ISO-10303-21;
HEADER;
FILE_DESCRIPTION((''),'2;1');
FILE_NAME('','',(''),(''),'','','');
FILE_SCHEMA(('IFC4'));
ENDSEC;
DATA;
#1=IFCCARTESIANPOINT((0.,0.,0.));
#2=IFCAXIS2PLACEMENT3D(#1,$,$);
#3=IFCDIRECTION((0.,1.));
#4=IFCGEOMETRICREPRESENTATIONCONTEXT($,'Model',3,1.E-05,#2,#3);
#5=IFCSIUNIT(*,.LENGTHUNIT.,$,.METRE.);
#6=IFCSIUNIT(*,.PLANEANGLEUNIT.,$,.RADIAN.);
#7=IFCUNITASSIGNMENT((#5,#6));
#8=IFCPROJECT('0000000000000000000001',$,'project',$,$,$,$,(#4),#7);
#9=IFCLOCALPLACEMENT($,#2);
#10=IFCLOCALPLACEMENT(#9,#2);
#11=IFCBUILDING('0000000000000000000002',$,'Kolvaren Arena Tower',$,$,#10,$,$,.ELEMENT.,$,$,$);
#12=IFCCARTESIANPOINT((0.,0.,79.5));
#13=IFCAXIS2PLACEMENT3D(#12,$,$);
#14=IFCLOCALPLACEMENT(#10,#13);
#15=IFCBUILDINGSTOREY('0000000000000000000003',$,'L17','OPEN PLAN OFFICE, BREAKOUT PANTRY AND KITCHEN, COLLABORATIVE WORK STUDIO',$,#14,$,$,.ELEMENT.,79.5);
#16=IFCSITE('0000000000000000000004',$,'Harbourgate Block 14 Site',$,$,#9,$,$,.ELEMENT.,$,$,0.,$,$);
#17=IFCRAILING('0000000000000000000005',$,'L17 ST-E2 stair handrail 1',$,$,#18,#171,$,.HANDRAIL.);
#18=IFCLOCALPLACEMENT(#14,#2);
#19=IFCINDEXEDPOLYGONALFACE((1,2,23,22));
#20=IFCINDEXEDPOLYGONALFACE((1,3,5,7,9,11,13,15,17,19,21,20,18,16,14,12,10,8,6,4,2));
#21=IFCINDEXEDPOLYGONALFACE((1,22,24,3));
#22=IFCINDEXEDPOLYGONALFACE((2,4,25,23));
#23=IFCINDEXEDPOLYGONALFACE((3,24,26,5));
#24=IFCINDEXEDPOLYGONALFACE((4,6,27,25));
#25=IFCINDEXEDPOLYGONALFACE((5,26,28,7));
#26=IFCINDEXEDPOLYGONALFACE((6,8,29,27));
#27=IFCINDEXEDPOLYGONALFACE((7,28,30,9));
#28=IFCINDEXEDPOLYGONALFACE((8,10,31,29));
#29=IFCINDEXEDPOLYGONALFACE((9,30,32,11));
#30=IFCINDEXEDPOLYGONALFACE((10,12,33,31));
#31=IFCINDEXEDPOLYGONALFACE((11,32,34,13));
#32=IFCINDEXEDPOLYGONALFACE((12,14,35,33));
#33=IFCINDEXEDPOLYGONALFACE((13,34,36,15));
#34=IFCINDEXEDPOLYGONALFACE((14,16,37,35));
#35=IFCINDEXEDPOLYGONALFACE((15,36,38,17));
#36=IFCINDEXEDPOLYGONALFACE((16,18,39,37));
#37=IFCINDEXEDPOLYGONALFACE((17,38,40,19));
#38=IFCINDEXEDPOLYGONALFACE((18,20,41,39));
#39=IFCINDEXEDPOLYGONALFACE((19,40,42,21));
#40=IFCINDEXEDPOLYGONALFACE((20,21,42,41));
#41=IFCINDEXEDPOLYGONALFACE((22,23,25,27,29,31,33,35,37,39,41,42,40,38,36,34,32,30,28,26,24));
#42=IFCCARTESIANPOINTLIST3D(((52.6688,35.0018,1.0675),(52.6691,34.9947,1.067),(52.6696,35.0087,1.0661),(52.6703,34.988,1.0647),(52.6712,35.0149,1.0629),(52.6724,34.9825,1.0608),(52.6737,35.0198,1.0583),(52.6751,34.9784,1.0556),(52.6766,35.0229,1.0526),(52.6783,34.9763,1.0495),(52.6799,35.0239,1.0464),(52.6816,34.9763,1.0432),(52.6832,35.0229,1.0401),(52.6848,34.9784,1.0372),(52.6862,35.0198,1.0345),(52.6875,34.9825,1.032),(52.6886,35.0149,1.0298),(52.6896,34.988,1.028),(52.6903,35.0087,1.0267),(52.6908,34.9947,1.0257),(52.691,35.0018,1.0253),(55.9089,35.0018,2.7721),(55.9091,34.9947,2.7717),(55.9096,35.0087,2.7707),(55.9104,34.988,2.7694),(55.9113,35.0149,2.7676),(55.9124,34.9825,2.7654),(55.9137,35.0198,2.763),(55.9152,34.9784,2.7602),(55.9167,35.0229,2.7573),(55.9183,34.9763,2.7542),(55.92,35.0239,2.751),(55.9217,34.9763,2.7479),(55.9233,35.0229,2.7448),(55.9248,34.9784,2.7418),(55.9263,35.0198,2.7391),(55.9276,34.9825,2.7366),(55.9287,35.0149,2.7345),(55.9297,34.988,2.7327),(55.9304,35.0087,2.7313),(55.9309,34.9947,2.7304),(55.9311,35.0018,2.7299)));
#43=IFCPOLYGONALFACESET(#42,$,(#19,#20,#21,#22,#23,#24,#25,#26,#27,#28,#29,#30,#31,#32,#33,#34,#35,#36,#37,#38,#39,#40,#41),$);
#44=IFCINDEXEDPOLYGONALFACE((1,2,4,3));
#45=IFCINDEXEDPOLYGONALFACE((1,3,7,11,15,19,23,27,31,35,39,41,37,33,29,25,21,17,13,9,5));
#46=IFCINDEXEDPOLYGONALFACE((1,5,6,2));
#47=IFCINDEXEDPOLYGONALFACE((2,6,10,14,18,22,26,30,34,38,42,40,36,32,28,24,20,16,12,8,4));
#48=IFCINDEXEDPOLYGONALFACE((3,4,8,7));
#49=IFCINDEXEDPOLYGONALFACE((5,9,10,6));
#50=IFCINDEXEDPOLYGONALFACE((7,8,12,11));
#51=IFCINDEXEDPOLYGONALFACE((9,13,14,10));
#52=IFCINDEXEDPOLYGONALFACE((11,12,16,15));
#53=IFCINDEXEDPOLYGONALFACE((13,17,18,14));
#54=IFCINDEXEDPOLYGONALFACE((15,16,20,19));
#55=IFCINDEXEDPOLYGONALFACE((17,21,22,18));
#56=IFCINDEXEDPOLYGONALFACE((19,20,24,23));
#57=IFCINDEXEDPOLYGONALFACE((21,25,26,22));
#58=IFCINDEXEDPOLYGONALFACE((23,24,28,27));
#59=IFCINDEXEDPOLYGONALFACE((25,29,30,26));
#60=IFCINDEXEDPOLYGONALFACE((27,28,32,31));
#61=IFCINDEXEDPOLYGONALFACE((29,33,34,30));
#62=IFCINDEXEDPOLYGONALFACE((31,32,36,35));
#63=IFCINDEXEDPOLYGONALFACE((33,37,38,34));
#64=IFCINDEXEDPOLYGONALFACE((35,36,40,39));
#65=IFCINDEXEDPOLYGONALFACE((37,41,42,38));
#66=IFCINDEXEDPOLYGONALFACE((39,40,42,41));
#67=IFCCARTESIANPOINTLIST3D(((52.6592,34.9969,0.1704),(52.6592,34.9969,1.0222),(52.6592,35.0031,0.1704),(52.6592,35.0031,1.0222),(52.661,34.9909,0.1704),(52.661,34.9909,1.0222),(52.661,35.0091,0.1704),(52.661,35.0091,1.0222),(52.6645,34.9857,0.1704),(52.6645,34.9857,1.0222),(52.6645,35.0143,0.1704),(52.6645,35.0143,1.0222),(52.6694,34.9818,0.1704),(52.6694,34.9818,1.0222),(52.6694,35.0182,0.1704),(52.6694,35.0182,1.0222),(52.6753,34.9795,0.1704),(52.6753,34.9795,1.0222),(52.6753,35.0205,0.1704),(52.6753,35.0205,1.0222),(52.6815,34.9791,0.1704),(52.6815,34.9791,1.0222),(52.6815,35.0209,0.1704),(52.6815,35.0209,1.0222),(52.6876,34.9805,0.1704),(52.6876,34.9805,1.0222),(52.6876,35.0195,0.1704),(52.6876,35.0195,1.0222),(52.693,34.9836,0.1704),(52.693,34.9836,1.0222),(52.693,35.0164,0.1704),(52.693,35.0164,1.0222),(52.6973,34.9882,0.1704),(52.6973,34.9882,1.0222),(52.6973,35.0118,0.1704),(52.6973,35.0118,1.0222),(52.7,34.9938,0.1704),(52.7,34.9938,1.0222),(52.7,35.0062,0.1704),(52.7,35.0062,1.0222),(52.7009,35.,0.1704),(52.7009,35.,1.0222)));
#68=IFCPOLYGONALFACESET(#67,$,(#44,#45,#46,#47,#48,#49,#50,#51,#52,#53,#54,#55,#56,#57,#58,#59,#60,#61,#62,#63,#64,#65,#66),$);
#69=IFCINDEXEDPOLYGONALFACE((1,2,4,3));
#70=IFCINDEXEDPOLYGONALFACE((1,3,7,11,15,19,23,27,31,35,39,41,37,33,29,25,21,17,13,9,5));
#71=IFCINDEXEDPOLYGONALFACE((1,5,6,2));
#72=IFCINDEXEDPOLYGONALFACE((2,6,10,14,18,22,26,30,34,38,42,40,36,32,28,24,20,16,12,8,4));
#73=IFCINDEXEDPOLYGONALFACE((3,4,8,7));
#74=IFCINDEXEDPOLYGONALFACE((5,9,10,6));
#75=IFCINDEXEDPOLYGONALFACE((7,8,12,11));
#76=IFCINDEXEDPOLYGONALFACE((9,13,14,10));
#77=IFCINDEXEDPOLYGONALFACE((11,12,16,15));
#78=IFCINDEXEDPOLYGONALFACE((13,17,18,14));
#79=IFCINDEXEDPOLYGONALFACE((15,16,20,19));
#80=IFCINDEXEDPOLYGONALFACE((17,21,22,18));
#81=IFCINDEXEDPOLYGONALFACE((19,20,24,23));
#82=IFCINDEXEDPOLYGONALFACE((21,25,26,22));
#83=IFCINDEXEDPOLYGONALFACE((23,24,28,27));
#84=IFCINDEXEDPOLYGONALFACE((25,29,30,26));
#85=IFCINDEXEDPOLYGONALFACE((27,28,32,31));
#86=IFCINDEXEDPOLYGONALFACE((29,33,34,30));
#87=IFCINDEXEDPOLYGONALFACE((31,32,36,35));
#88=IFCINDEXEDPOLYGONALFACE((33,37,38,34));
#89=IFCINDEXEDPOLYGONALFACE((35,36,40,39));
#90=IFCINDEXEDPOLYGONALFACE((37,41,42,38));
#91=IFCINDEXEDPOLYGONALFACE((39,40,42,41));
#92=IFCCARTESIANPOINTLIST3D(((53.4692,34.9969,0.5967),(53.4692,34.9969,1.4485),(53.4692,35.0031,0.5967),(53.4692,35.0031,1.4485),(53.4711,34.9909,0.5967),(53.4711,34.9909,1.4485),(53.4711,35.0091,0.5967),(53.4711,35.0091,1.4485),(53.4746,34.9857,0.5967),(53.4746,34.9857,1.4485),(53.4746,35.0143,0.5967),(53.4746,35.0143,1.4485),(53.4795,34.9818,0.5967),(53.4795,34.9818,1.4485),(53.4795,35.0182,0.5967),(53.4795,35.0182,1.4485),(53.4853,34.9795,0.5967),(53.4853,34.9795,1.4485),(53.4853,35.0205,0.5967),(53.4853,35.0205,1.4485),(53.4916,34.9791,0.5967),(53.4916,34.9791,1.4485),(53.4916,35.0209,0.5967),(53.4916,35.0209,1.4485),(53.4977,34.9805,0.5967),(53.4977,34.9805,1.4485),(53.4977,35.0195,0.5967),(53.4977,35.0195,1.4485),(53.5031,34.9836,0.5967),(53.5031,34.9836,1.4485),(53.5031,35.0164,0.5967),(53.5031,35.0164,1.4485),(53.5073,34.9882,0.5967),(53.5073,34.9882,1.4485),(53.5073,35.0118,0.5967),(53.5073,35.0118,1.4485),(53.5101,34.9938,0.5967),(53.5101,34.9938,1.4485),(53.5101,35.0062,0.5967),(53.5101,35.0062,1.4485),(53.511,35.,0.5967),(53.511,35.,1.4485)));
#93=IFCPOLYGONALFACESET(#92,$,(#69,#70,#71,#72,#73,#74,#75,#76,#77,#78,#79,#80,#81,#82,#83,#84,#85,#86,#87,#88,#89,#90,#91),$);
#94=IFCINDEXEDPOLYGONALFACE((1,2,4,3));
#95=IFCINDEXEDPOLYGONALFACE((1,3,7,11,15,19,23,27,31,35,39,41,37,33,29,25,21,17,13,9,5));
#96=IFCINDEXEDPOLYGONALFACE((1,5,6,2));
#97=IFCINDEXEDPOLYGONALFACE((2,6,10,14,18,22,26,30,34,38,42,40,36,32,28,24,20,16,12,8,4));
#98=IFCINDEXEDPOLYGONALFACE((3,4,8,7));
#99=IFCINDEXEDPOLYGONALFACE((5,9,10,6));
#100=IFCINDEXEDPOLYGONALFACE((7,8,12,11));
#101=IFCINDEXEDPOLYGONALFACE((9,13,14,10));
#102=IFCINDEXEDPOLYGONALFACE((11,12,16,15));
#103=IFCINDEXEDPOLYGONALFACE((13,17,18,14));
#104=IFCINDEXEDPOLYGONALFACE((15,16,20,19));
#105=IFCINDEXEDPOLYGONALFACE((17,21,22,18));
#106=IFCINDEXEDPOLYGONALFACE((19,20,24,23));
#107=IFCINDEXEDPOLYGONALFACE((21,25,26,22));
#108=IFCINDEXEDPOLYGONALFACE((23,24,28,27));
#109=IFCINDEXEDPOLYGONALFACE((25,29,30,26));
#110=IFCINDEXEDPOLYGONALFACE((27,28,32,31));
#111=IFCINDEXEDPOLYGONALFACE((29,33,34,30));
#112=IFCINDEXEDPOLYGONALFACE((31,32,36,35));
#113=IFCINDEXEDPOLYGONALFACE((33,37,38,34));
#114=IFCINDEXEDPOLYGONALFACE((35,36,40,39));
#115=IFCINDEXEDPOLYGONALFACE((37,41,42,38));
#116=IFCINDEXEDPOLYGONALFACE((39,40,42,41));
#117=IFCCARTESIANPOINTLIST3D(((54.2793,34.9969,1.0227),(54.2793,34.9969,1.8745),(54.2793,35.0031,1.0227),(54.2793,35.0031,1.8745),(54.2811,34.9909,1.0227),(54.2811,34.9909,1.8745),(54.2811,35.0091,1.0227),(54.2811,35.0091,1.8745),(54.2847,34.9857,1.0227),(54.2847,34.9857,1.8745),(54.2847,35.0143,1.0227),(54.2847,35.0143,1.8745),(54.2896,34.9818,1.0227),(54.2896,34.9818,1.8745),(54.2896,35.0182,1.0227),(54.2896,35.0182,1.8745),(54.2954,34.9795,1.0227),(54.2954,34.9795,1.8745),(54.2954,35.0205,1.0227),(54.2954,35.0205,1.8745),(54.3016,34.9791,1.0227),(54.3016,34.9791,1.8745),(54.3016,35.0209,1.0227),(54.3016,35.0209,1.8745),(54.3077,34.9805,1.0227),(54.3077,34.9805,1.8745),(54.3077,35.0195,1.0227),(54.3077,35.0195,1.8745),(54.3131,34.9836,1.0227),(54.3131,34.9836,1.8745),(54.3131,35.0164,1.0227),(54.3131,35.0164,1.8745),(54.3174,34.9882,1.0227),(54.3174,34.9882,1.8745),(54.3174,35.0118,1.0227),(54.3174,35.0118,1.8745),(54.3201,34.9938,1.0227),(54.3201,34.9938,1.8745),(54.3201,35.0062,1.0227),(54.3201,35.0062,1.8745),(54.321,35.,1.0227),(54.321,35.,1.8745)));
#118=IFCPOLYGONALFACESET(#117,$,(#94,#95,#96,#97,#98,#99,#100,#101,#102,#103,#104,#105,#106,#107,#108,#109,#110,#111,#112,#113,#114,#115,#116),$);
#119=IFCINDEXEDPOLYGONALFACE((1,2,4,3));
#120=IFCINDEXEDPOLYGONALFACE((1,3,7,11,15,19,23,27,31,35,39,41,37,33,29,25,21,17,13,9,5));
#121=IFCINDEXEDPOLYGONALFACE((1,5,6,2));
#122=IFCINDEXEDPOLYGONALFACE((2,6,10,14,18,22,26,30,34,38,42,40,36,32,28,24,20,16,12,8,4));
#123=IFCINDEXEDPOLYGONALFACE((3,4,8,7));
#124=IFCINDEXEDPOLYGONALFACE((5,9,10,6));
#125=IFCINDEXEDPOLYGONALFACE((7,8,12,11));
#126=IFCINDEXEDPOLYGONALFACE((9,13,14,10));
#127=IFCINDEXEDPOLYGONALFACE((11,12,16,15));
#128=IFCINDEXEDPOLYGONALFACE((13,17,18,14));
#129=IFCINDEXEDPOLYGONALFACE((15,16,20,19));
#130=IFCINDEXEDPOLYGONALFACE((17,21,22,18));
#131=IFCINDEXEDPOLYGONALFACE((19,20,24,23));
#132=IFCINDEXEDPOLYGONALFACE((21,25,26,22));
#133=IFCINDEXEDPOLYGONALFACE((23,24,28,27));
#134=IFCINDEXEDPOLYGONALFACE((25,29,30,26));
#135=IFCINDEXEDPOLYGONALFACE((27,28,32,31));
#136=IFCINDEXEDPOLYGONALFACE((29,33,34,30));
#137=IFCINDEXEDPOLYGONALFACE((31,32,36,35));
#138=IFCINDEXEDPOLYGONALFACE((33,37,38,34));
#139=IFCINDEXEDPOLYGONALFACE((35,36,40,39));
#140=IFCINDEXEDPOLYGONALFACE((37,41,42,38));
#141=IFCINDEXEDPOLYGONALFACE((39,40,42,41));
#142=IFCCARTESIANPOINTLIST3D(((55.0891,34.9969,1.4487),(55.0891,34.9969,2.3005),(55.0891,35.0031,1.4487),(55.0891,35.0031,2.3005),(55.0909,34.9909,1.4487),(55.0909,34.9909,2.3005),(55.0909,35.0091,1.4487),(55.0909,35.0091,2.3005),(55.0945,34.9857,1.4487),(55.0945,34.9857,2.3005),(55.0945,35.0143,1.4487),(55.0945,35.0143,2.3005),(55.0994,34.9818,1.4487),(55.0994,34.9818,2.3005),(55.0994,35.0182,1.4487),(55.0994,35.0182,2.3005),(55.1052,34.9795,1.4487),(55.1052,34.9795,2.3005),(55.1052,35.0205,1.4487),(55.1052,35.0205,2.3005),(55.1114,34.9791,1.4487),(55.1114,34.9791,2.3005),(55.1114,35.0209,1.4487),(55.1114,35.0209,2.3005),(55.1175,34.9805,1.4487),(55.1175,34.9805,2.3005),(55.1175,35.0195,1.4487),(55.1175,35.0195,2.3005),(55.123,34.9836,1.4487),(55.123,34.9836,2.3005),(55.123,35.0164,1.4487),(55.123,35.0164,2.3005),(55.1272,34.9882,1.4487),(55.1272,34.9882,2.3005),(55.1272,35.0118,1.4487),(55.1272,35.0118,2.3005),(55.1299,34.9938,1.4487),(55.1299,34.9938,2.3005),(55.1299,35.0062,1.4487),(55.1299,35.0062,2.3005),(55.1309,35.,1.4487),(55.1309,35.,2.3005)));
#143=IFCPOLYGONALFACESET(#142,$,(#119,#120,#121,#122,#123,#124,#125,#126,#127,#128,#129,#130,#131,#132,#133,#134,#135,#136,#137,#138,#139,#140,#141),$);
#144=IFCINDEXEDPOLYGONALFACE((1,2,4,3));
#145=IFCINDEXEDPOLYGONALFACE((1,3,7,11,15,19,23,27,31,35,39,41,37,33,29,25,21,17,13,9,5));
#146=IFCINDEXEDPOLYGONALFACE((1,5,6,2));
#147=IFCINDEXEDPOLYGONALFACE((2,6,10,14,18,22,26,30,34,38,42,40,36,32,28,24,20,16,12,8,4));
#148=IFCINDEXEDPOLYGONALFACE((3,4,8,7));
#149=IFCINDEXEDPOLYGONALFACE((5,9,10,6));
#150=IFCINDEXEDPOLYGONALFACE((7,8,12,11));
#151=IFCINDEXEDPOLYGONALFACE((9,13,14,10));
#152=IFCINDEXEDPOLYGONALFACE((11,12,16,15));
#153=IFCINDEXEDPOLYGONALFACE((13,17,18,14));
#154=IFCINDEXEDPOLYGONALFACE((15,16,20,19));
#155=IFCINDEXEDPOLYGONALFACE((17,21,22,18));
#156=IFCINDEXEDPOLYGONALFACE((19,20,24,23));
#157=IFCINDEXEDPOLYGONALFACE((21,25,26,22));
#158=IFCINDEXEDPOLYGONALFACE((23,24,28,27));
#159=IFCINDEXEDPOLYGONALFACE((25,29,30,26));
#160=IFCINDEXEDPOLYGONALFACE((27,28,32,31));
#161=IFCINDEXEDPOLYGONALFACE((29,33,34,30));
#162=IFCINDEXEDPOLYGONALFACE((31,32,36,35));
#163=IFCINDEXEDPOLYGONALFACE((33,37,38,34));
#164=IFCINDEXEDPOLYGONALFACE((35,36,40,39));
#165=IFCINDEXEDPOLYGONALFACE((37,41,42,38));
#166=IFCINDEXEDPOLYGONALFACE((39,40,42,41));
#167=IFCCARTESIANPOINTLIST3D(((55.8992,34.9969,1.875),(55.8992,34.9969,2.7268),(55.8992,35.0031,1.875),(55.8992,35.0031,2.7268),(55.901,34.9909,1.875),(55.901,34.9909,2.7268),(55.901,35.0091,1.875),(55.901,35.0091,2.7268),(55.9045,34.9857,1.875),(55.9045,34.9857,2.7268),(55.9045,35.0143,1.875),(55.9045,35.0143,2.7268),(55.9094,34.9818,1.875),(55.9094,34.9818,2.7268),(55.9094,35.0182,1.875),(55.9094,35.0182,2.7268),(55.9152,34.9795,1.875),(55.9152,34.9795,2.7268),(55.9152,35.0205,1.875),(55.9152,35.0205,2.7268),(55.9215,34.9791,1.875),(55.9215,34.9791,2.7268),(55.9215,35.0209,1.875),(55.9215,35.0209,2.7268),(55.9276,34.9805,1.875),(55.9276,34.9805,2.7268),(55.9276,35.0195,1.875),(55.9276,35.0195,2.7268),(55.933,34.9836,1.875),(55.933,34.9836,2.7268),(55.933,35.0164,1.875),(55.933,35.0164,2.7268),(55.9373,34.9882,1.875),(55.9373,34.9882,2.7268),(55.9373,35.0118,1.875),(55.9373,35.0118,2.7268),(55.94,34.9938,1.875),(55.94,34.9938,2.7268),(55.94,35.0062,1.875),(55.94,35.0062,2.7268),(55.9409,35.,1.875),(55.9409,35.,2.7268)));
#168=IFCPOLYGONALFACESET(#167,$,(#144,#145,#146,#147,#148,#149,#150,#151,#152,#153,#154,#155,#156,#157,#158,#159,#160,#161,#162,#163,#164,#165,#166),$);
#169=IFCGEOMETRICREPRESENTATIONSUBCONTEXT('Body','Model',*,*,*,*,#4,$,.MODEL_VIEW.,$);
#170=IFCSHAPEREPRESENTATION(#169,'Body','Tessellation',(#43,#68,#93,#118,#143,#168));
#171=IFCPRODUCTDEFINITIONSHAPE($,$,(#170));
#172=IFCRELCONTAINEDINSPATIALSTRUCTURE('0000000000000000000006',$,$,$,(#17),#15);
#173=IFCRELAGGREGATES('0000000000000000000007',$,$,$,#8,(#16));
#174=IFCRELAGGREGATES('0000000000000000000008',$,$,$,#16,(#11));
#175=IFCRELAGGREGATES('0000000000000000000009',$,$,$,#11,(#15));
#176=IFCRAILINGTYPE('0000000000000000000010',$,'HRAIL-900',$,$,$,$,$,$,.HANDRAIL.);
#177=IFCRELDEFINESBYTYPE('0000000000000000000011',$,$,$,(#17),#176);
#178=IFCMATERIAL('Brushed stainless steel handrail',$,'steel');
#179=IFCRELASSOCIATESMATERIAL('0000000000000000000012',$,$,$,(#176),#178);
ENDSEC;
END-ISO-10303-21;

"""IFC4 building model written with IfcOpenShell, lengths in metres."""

from ifc_helpers import new_model, si_unit, direction, frame, origin, origin_2d, place, context, subcontext, project, spatial, circle, extrude, material, type_object, element, save


model = new_model("IFC4")

# Units and contexts
model_context = context("Model", 3, precision=1e-05, world=origin(), true_north=direction((0.0, 1.0)))
body_context = subcontext(model_context, "Body", "Model", "MODEL_VIEW")
ifc_project = project(units=[si_unit("LENGTHUNIT", "METRE"), si_unit("PLANEANGLEUNIT", "RADIAN")], contexts=[model_context])

# Site, building, storey
site_placement = place(None, origin())
site = spatial("IfcSite", under=ifc_project, at=site_placement, Name="Harbourgate Block 14 Site", CompositionType="ELEMENT", RefElevation=0.0)
building_placement = place(site_placement, origin())
building = spatial("IfcBuilding", under=site, at=building_placement, Name="Kolvaren Arena Tower", CompositionType="ELEMENT")
storey_placement = place(building_placement, frame((0.0, 0.0, 79.5)))
storey = spatial("IfcBuildingStorey", under=building, at=storey_placement, Name="L17", Description="OPEN PLAN OFFICE, BREAKOUT PANTRY AND KITCHEN, COLLABORATIVE WORK STUDIO", CompositionType="ELEMENT", Elevation=79.5)

# Railing
ifc_material_1 = material(Name="Brushed stainless steel handrail", Category="steel")
railing_type_1 = type_object("IfcRailingType", Name="HRAIL-900", PredefinedType="HANDRAIL", material=ifc_material_1)
for number, where, name in (
    (1, (52.6799, 35.0, 0.1704), "L17 ST-E2 stair handrail 1"),
):
    element("IfcRailing", number, at=place(storey_placement, frame(where)), inside=storey, type_object=railing_type_1, Name=name, PredefinedType="HANDRAIL", context=body_context, shape_type="SweptSolid", body=[
        extrude(circle(Radius=0.0239, at=origin_2d()), frame((0.0, 0.0, 0.876), z_axis=(0.884993, 0.0, 0.465604), x_axis=(0.0, 1.0, 0.0)), (0.0, 0.0, 1.0), 3.6611),
        extrude(circle(Radius=0.021, at=origin_2d()), origin(), (0.0, 0.0, 1.0), 0.8518),
        extrude(circle(Radius=0.021, at=origin_2d()), frame((0.8101, 0.0, 0.4263)), (0.0, 0.0, 1.0), 0.8518),
        extrude(circle(Radius=0.021, at=origin_2d()), frame((1.6201, 0.0, 0.8523)), (0.0, 0.0, 1.0), 0.8518),
        extrude(circle(Radius=0.021, at=origin_2d()), frame((2.4299, 0.0, 1.2783)), (0.0, 0.0, 1.0), 0.8518),
        extrude(circle(Radius=0.021, at=origin_2d()), frame((3.24, 0.0, 1.7046)), (0.0, 0.0, 1.0), 0.8518),
    ])

save(model, "model.ifc")
